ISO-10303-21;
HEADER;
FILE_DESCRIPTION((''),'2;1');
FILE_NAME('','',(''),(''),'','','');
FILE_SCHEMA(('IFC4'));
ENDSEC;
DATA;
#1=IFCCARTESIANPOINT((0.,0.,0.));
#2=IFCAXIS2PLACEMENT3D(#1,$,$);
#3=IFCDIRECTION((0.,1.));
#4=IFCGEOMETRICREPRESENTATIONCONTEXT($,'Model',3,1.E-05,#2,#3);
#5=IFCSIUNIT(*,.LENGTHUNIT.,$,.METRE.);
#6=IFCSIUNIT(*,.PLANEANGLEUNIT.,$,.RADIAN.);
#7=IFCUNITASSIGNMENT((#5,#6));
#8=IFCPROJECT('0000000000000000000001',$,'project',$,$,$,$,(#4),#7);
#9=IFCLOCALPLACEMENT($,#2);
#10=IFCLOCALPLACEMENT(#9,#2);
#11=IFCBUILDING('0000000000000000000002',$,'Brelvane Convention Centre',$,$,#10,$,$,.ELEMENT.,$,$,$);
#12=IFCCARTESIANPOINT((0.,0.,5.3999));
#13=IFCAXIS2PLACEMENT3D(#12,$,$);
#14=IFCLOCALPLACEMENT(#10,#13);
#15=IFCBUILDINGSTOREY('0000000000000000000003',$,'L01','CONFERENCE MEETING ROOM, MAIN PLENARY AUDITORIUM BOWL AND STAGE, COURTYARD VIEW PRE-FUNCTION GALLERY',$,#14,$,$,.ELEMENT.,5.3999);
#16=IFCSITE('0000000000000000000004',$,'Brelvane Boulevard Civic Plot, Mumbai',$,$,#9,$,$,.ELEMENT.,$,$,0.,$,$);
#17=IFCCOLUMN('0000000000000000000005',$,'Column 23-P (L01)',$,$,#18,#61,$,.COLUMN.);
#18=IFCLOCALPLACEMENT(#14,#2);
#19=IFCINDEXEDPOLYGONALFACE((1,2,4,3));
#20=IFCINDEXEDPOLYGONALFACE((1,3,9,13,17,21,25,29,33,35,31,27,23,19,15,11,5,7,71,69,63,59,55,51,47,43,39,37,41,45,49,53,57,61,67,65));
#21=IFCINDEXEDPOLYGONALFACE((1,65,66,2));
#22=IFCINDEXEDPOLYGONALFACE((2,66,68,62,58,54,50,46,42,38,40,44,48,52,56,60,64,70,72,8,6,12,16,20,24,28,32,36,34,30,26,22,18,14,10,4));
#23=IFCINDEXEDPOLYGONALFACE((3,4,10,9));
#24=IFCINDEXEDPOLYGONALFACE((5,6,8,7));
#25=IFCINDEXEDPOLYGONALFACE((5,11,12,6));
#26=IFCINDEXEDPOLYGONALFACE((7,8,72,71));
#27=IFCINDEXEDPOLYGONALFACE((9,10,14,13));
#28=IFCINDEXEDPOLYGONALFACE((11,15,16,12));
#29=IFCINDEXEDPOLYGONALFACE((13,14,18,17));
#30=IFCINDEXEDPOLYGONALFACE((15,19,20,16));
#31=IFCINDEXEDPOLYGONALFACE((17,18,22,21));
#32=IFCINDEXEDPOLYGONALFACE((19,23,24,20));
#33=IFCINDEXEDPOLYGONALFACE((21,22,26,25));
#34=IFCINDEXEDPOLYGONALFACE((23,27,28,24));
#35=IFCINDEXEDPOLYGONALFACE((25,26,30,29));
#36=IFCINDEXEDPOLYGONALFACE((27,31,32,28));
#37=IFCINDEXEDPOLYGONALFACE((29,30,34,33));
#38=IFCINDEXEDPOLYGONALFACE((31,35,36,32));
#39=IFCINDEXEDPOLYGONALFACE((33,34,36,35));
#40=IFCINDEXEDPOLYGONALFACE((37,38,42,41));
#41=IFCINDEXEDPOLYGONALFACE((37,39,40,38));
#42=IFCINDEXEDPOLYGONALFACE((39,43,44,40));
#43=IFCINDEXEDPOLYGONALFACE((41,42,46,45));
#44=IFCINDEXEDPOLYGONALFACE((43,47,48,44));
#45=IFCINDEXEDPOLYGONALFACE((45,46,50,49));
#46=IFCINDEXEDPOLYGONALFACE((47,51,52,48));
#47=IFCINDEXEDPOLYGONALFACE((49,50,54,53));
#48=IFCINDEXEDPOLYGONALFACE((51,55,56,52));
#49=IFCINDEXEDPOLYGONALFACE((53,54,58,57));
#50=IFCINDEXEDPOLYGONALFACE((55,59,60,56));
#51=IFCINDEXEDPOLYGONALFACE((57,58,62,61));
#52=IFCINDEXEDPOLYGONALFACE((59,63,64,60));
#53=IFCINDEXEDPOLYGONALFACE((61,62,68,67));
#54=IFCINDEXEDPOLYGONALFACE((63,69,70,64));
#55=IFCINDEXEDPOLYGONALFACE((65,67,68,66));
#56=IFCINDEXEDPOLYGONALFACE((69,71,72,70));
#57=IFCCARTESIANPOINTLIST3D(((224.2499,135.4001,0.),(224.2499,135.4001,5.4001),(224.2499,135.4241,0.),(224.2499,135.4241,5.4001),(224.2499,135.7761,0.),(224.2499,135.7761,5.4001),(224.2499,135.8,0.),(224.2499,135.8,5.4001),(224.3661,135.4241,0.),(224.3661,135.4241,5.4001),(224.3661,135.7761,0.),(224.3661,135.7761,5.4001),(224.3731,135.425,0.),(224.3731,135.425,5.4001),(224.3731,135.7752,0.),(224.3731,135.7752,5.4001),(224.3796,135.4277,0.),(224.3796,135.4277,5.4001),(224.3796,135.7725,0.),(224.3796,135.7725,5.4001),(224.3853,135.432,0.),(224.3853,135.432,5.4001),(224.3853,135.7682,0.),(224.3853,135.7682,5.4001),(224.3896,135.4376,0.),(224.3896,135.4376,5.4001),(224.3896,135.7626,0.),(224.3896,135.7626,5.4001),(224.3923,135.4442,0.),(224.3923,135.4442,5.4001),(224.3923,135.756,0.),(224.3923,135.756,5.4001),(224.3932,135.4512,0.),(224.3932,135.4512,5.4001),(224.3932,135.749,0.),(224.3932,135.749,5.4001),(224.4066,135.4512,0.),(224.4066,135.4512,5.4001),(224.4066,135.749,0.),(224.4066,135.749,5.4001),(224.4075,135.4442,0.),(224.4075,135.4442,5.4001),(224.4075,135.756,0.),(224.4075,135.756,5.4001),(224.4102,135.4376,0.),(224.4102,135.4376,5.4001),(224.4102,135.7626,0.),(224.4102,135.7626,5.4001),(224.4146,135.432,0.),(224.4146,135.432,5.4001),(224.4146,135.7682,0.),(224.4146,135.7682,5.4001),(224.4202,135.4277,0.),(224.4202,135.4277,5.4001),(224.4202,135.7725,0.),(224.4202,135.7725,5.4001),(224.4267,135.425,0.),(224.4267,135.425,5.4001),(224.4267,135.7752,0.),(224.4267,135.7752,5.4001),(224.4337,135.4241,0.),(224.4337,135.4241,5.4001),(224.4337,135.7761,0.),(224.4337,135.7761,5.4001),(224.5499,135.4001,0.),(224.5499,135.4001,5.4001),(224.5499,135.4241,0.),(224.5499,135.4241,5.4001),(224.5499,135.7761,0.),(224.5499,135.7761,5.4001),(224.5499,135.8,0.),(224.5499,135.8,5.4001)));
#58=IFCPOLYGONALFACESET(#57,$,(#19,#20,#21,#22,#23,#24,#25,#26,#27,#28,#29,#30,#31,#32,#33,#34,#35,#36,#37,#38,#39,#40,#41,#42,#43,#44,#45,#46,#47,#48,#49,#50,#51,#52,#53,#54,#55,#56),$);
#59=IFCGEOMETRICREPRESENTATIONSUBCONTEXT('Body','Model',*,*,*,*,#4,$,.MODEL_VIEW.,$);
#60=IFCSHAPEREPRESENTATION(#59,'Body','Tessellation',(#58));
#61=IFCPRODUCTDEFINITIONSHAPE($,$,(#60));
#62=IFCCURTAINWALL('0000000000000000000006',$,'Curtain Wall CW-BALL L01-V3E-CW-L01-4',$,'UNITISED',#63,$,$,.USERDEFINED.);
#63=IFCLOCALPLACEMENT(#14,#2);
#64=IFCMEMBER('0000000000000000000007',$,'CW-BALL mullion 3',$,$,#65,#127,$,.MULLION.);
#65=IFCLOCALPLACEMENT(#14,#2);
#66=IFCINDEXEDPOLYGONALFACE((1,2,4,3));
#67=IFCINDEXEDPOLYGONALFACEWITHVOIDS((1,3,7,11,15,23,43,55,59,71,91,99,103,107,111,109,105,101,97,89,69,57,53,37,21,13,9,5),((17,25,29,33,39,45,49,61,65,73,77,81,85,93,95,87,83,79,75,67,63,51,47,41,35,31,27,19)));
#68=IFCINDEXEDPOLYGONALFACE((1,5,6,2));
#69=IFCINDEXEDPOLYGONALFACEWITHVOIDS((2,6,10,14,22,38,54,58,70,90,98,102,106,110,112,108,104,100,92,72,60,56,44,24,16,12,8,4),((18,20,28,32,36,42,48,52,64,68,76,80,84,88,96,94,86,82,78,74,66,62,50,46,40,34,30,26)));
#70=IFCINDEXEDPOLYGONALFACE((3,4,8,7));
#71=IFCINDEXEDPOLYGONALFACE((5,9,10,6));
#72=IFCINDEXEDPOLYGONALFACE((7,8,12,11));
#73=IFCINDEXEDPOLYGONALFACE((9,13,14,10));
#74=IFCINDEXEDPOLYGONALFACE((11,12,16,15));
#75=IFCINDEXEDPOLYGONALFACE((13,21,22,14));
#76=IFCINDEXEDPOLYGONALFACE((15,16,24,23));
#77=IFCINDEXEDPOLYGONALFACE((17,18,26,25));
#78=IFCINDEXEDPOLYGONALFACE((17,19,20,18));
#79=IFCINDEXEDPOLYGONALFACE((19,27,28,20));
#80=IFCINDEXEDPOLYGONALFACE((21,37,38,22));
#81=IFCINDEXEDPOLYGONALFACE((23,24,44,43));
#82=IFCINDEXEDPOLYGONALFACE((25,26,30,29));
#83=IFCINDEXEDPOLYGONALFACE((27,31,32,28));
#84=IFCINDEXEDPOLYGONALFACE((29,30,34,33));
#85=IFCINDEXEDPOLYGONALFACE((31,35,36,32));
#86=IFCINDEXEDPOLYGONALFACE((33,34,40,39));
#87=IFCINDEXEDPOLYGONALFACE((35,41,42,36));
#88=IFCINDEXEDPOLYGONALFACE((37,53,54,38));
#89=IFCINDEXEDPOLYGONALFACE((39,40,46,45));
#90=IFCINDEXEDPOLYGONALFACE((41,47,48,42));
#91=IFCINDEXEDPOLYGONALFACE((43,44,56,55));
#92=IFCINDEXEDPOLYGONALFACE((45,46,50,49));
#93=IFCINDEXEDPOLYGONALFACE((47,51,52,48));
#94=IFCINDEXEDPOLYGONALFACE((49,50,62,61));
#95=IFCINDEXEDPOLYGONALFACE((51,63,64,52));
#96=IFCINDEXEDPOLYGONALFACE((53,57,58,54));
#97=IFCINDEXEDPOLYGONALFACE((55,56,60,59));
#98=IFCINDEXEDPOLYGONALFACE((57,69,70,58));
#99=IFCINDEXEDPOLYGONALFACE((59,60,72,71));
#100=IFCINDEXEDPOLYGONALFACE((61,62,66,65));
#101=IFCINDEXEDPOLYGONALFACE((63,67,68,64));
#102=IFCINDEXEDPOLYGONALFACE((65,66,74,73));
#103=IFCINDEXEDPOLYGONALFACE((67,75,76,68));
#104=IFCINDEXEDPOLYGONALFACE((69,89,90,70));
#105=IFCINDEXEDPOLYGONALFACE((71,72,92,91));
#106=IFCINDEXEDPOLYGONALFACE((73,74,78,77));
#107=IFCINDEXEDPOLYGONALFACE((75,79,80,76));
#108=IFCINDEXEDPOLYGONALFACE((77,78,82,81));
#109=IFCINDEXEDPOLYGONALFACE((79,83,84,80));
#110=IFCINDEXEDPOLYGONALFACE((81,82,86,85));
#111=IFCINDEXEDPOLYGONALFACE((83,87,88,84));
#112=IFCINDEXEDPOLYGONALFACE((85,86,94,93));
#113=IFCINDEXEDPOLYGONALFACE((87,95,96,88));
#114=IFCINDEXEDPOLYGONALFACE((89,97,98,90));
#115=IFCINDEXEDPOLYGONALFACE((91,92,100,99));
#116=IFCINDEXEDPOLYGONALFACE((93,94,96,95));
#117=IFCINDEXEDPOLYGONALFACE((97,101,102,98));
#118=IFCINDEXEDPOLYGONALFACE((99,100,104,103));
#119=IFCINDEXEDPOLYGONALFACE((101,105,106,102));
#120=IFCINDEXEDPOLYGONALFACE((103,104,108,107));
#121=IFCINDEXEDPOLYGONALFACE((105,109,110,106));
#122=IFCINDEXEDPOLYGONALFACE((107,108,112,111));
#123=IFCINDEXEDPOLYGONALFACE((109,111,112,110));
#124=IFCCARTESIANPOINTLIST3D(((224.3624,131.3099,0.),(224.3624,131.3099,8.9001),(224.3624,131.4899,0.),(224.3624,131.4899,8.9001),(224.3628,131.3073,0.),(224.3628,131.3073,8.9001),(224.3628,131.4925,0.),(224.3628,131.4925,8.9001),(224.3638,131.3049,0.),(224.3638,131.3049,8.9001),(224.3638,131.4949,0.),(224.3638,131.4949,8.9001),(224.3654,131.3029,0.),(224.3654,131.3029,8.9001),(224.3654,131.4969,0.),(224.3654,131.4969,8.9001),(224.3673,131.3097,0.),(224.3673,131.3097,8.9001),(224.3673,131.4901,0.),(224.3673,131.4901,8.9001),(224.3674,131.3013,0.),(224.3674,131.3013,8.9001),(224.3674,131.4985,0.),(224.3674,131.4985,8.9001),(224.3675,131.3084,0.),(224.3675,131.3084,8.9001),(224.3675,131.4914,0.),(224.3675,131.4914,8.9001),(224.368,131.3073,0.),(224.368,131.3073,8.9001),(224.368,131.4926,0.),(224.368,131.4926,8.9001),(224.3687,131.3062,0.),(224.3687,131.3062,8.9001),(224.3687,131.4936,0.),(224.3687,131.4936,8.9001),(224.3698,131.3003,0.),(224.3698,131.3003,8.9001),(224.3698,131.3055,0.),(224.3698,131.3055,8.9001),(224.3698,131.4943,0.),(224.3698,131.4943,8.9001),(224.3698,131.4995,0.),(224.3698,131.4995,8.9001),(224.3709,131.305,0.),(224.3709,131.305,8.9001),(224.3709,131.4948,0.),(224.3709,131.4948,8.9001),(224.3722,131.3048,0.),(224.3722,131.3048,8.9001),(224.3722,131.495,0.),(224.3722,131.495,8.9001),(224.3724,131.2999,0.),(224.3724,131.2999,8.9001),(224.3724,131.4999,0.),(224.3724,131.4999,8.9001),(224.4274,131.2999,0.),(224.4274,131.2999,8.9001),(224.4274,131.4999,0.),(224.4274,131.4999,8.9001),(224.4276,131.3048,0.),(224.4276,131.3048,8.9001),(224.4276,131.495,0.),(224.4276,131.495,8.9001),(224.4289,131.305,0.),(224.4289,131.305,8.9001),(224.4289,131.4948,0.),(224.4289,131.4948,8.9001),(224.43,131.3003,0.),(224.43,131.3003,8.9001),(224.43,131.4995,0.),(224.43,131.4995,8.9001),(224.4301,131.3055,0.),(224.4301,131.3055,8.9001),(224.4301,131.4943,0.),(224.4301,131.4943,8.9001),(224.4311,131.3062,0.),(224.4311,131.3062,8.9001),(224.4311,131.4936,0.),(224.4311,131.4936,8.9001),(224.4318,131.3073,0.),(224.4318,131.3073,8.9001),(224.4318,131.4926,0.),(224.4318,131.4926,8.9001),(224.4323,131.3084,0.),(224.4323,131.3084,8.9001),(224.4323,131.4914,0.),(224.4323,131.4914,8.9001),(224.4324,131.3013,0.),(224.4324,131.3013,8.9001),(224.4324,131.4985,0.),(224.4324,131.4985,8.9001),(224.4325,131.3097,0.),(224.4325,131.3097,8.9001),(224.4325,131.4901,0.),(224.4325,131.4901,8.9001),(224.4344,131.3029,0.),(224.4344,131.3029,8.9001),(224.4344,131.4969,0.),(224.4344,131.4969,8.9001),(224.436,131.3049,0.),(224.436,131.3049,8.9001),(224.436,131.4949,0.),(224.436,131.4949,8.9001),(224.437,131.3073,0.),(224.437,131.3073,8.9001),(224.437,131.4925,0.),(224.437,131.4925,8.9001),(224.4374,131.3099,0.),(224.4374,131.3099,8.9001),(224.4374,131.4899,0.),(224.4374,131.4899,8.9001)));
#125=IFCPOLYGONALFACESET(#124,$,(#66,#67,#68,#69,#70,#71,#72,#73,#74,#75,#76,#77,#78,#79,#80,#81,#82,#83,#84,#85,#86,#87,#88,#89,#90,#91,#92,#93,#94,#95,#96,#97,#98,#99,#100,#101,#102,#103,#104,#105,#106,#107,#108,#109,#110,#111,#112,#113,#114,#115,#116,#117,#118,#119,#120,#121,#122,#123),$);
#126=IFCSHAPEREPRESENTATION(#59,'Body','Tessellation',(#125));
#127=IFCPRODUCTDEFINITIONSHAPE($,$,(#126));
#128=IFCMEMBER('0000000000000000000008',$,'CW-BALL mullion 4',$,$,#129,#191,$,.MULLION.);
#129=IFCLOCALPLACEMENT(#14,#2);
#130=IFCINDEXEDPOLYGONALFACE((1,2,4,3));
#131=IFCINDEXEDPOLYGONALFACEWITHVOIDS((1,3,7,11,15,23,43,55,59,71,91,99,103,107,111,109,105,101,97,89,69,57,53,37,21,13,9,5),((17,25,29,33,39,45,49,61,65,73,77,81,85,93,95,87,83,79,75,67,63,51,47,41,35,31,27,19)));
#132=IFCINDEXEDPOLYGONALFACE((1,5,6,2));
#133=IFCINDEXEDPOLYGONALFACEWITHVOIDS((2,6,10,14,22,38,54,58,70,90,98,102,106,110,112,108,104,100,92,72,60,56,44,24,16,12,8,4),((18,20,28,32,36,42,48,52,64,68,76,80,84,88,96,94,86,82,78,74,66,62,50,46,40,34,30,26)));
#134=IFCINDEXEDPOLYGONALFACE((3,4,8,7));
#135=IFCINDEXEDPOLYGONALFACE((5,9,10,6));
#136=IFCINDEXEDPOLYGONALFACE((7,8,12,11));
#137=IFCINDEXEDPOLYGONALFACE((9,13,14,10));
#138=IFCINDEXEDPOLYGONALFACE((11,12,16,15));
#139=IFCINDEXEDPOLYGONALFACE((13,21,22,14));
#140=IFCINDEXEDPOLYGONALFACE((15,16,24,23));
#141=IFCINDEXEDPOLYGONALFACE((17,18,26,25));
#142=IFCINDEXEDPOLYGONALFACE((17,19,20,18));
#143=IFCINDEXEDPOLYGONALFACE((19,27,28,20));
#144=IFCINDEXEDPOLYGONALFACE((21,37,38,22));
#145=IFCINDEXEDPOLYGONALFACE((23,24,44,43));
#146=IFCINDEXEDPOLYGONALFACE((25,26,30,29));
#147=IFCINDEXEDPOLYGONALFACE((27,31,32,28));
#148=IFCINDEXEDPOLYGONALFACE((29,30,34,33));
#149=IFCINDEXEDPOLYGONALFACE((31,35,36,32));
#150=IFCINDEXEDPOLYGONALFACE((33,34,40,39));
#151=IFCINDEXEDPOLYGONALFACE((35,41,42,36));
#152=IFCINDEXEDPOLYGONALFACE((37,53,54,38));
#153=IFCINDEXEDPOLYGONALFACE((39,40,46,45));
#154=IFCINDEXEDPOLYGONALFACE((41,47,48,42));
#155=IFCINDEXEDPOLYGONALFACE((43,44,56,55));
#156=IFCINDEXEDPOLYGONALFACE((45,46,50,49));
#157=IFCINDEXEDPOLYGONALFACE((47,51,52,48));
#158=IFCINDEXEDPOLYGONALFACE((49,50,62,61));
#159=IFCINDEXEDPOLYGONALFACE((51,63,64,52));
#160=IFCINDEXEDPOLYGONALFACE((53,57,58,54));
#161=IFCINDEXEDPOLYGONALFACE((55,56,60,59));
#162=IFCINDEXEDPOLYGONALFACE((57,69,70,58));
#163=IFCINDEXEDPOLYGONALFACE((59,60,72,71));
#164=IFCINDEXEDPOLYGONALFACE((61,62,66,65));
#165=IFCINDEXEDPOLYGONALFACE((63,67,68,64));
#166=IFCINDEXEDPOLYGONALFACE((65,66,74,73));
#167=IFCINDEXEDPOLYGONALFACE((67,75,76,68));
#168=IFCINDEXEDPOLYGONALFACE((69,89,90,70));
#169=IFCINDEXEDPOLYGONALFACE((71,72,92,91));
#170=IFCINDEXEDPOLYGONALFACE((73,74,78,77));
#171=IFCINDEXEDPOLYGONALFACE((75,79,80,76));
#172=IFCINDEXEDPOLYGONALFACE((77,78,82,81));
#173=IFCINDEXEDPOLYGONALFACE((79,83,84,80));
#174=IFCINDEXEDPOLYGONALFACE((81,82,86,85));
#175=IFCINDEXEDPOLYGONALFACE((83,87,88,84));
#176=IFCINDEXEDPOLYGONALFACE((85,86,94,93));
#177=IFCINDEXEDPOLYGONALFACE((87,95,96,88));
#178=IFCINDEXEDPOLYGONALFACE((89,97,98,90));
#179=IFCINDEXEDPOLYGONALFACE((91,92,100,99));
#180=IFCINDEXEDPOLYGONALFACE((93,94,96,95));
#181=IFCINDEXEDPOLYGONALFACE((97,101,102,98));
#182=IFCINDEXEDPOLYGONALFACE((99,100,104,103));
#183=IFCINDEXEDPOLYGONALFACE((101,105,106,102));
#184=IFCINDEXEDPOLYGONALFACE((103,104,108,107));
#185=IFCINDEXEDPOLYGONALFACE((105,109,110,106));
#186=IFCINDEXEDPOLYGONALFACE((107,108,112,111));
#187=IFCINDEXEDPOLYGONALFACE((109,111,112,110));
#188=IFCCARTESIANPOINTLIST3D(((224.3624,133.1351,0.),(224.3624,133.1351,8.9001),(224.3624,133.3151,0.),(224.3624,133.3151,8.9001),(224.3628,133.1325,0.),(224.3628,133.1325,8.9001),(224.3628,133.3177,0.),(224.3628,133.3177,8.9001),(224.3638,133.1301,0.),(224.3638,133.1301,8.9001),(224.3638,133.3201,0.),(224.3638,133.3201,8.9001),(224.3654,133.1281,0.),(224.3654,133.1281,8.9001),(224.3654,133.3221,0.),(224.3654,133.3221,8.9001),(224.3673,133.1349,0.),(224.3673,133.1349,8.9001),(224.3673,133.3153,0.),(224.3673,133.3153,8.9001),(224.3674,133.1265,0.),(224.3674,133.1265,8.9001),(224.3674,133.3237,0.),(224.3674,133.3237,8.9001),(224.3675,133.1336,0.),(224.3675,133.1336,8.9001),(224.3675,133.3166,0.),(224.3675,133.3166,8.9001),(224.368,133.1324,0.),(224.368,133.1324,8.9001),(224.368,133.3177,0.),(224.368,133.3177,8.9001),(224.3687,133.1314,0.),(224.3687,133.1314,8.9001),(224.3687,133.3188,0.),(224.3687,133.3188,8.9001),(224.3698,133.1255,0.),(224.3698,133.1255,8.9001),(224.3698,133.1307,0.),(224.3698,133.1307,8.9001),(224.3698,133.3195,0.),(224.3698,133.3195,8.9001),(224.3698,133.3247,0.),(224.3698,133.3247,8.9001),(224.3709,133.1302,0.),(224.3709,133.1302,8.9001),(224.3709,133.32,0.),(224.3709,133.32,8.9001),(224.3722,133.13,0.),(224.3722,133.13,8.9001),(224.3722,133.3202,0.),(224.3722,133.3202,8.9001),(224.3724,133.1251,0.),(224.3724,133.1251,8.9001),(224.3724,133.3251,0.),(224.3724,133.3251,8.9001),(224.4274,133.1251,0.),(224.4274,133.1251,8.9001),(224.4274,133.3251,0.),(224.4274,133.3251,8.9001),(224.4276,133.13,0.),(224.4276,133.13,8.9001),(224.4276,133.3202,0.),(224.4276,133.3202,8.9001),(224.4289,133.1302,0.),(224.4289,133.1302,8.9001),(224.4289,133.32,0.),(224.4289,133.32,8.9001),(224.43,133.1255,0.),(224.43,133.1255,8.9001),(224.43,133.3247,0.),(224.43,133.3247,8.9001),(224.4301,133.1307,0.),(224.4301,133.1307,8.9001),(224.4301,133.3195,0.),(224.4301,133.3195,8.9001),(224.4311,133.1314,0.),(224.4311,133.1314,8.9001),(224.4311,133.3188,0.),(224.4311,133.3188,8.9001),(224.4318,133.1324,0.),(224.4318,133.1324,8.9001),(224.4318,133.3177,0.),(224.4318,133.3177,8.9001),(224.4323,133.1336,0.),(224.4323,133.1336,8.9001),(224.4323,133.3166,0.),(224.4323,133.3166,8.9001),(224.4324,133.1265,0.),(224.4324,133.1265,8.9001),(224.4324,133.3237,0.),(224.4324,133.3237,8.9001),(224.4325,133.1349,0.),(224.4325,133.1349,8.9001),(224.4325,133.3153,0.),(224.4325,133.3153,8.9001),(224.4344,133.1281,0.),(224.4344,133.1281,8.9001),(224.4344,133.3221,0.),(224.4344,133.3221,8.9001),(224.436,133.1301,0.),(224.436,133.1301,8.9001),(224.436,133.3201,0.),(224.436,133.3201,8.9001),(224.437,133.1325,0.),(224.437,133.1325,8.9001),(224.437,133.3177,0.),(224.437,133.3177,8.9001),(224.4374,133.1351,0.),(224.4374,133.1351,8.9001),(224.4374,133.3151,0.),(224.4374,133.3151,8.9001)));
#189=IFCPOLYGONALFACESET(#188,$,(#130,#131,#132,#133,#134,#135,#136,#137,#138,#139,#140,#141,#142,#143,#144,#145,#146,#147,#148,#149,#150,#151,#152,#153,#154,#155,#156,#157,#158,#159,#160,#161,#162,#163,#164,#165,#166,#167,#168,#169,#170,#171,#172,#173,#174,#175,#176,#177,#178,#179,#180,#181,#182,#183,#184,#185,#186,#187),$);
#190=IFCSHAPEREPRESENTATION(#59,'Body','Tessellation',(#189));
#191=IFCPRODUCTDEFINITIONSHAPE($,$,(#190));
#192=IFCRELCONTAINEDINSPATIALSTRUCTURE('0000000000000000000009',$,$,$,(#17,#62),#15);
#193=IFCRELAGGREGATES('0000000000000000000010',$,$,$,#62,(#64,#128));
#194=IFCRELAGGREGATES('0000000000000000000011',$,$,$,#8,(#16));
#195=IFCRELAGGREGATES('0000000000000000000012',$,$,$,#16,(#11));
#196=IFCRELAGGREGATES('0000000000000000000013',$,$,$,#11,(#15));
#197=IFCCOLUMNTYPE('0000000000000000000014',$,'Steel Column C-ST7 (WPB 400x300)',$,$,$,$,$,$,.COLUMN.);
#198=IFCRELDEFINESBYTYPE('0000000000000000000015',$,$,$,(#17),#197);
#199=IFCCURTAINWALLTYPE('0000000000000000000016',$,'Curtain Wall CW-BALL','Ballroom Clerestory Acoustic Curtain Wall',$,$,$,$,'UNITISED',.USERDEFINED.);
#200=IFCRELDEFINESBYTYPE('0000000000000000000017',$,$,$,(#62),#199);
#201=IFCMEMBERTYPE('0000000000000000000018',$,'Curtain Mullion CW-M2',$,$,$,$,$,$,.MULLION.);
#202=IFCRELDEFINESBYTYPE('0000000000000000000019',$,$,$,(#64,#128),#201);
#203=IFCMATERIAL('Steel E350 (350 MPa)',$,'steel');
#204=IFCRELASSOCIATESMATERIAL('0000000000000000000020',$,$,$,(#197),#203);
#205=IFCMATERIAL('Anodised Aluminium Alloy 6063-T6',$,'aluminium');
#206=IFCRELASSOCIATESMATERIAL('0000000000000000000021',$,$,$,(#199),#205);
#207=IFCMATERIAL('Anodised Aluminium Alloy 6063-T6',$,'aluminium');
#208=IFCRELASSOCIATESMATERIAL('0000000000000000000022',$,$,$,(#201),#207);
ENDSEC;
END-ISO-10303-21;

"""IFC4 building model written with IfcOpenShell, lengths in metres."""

from ifc_helpers import new_model, si_unit, direction, frame, origin, origin_2d, place, context, subcontext, project, spatial, hollow_rectangle, i_section, extrude, material, material_profile, profile_set, type_object, element, aggregate, save


model = new_model("IFC4")

# Units and contexts
model_context = context("Model", 3, precision=1e-05, world=origin(), true_north=direction((0.0, 1.0)))
body_context = subcontext(model_context, "Body", "Model", "MODEL_VIEW")
ifc_project = project(units=[si_unit("LENGTHUNIT", "METRE"), si_unit("PLANEANGLEUNIT", "RADIAN")], contexts=[model_context])

# Site, building, storey
site_placement = place(None, origin())
site = spatial("IfcSite", under=ifc_project, at=site_placement, Name="Brelvane Boulevard Civic Plot, Mumbai", CompositionType="ELEMENT", RefElevation=0.0)
building_placement = place(site_placement, origin())
building = spatial("IfcBuilding", under=site, at=building_placement, Name="Brelvane Convention Centre", CompositionType="ELEMENT")
storey_placement = place(building_placement, frame((0.0, 0.0, 5.3999)))
storey = spatial("IfcBuildingStorey", under=building, at=storey_placement, Name="L01", Description="CONFERENCE MEETING ROOM, MAIN PLENARY AUDITORIUM BOWL AND STAGE, COURTYARD VIEW PRE-FUNCTION GALLERY", CompositionType="ELEMENT", Elevation=5.3999)

# Column
ifc_material_1 = material(Name="Steel E350 (350 MPa)", Category="steel")
ifc_material_profile_1 = material_profile(ifc_material_1, i_section(OverallWidth=0.3, OverallDepth=0.3999, WebThickness=0.0134, FlangeThickness=0.0239, FilletRadius=0.0271, at=origin_2d()), Name="WPB 400x300")
ifc_profile_set_1 = profile_set([ifc_material_profile_1], Name="Steel E350 (350 MPa)")
column_type = type_object("IfcColumnType", Name="Steel Column C-ST7 (WPB 400x300)", PredefinedType="COLUMN", material=ifc_profile_set_1)
column_placement = place(storey_placement, frame((224.3999, 135.6001, 0.0), z_axis=(0.0, 0.0, 1.0), x_axis=(1.0, 0.0, 0.0)))
element("IfcColumn", 1, at=column_placement, inside=storey, type_object=column_type, Name="Column 23-P (L01)", PredefinedType="COLUMN", context=body_context, shape_type="SweptSolid", body=[
    extrude(i_section(OverallWidth=0.3, OverallDepth=0.3999, WebThickness=0.0134, FlangeThickness=0.0239, FilletRadius=0.0271, at=origin_2d()), origin(), (0.0, 0.0, 1.0), 5.4001),
])

# Curtain wall, members
ifc_material_2 = material(Name="Anodised Aluminium Alloy 6063-T6", Category="aluminium")
curtain_wall_type = type_object("IfcCurtainWallType", Name="Curtain Wall CW-BALL", Description="Ballroom Clerestory Acoustic Curtain Wall", ElementType="UNITISED", PredefinedType="USERDEFINED", material=ifc_material_2)
curtain_wall_1_placement = place(storey_placement, origin())
curtain_wall_1 = element("IfcCurtainWall", 2, at=curtain_wall_1_placement, inside=storey, type_object=curtain_wall_type, Name="Curtain Wall CW-BALL L01-V3E-CW-L01-4", ObjectType="UNITISED", PredefinedType="USERDEFINED")
ifc_material_3 = material(Name="Anodised Aluminium Alloy 6063-T6", Category="aluminium")
ifc_material_profile_2 = material_profile(ifc_material_3, hollow_rectangle(XDim=0.075, YDim=0.2, WallThickness=0.0049, InnerFilletRadius=0.0049, OuterFilletRadius=0.01, at=origin_2d()), Name="ALU-M 200x75x5.0")
ifc_profile_set_2 = profile_set([ifc_material_profile_2], Name="Anodised Aluminium Alloy 6063-T6")
member_type_1 = type_object("IfcMemberType", Name="Curtain Mullion CW-M2", PredefinedType="MULLION", material=ifc_profile_set_2)
member_1_placement = place(storey_placement, frame((224.3999, 131.3999, 0.0), z_axis=(0.0, 0.0, 1.0), x_axis=(-1.0, 0.0, 0.0)))
member_1 = element("IfcMember", 3, at=member_1_placement, type_object=member_type_1, Name="CW-BALL mullion 3", PredefinedType="MULLION", context=body_context, shape_type="SweptSolid", body=[
    extrude(hollow_rectangle(XDim=0.075, YDim=0.2, WallThickness=0.0049, InnerFilletRadius=0.0049, OuterFilletRadius=0.01, at=origin_2d()), origin(), (0.0, 0.0, 1.0), 8.9001),
])
member_2_placement = place(storey_placement, frame((224.3999, 133.2251, 0.0), z_axis=(0.0, 0.0, 1.0), x_axis=(-1.0, 0.0, 0.0)))
member_2 = element("IfcMember", 4, at=member_2_placement, type_object=member_type_1, Name="CW-BALL mullion 4", PredefinedType="MULLION", context=body_context, shape_type="SweptSolid", body=[
    extrude(hollow_rectangle(XDim=0.075, YDim=0.2, WallThickness=0.0049, InnerFilletRadius=0.0049, OuterFilletRadius=0.01, at=origin_2d()), origin(), (0.0, 0.0, 1.0), 8.9001),
])

aggregate(curtain_wall_1, [member_1, member_2])

save(model, "model.ifc")
